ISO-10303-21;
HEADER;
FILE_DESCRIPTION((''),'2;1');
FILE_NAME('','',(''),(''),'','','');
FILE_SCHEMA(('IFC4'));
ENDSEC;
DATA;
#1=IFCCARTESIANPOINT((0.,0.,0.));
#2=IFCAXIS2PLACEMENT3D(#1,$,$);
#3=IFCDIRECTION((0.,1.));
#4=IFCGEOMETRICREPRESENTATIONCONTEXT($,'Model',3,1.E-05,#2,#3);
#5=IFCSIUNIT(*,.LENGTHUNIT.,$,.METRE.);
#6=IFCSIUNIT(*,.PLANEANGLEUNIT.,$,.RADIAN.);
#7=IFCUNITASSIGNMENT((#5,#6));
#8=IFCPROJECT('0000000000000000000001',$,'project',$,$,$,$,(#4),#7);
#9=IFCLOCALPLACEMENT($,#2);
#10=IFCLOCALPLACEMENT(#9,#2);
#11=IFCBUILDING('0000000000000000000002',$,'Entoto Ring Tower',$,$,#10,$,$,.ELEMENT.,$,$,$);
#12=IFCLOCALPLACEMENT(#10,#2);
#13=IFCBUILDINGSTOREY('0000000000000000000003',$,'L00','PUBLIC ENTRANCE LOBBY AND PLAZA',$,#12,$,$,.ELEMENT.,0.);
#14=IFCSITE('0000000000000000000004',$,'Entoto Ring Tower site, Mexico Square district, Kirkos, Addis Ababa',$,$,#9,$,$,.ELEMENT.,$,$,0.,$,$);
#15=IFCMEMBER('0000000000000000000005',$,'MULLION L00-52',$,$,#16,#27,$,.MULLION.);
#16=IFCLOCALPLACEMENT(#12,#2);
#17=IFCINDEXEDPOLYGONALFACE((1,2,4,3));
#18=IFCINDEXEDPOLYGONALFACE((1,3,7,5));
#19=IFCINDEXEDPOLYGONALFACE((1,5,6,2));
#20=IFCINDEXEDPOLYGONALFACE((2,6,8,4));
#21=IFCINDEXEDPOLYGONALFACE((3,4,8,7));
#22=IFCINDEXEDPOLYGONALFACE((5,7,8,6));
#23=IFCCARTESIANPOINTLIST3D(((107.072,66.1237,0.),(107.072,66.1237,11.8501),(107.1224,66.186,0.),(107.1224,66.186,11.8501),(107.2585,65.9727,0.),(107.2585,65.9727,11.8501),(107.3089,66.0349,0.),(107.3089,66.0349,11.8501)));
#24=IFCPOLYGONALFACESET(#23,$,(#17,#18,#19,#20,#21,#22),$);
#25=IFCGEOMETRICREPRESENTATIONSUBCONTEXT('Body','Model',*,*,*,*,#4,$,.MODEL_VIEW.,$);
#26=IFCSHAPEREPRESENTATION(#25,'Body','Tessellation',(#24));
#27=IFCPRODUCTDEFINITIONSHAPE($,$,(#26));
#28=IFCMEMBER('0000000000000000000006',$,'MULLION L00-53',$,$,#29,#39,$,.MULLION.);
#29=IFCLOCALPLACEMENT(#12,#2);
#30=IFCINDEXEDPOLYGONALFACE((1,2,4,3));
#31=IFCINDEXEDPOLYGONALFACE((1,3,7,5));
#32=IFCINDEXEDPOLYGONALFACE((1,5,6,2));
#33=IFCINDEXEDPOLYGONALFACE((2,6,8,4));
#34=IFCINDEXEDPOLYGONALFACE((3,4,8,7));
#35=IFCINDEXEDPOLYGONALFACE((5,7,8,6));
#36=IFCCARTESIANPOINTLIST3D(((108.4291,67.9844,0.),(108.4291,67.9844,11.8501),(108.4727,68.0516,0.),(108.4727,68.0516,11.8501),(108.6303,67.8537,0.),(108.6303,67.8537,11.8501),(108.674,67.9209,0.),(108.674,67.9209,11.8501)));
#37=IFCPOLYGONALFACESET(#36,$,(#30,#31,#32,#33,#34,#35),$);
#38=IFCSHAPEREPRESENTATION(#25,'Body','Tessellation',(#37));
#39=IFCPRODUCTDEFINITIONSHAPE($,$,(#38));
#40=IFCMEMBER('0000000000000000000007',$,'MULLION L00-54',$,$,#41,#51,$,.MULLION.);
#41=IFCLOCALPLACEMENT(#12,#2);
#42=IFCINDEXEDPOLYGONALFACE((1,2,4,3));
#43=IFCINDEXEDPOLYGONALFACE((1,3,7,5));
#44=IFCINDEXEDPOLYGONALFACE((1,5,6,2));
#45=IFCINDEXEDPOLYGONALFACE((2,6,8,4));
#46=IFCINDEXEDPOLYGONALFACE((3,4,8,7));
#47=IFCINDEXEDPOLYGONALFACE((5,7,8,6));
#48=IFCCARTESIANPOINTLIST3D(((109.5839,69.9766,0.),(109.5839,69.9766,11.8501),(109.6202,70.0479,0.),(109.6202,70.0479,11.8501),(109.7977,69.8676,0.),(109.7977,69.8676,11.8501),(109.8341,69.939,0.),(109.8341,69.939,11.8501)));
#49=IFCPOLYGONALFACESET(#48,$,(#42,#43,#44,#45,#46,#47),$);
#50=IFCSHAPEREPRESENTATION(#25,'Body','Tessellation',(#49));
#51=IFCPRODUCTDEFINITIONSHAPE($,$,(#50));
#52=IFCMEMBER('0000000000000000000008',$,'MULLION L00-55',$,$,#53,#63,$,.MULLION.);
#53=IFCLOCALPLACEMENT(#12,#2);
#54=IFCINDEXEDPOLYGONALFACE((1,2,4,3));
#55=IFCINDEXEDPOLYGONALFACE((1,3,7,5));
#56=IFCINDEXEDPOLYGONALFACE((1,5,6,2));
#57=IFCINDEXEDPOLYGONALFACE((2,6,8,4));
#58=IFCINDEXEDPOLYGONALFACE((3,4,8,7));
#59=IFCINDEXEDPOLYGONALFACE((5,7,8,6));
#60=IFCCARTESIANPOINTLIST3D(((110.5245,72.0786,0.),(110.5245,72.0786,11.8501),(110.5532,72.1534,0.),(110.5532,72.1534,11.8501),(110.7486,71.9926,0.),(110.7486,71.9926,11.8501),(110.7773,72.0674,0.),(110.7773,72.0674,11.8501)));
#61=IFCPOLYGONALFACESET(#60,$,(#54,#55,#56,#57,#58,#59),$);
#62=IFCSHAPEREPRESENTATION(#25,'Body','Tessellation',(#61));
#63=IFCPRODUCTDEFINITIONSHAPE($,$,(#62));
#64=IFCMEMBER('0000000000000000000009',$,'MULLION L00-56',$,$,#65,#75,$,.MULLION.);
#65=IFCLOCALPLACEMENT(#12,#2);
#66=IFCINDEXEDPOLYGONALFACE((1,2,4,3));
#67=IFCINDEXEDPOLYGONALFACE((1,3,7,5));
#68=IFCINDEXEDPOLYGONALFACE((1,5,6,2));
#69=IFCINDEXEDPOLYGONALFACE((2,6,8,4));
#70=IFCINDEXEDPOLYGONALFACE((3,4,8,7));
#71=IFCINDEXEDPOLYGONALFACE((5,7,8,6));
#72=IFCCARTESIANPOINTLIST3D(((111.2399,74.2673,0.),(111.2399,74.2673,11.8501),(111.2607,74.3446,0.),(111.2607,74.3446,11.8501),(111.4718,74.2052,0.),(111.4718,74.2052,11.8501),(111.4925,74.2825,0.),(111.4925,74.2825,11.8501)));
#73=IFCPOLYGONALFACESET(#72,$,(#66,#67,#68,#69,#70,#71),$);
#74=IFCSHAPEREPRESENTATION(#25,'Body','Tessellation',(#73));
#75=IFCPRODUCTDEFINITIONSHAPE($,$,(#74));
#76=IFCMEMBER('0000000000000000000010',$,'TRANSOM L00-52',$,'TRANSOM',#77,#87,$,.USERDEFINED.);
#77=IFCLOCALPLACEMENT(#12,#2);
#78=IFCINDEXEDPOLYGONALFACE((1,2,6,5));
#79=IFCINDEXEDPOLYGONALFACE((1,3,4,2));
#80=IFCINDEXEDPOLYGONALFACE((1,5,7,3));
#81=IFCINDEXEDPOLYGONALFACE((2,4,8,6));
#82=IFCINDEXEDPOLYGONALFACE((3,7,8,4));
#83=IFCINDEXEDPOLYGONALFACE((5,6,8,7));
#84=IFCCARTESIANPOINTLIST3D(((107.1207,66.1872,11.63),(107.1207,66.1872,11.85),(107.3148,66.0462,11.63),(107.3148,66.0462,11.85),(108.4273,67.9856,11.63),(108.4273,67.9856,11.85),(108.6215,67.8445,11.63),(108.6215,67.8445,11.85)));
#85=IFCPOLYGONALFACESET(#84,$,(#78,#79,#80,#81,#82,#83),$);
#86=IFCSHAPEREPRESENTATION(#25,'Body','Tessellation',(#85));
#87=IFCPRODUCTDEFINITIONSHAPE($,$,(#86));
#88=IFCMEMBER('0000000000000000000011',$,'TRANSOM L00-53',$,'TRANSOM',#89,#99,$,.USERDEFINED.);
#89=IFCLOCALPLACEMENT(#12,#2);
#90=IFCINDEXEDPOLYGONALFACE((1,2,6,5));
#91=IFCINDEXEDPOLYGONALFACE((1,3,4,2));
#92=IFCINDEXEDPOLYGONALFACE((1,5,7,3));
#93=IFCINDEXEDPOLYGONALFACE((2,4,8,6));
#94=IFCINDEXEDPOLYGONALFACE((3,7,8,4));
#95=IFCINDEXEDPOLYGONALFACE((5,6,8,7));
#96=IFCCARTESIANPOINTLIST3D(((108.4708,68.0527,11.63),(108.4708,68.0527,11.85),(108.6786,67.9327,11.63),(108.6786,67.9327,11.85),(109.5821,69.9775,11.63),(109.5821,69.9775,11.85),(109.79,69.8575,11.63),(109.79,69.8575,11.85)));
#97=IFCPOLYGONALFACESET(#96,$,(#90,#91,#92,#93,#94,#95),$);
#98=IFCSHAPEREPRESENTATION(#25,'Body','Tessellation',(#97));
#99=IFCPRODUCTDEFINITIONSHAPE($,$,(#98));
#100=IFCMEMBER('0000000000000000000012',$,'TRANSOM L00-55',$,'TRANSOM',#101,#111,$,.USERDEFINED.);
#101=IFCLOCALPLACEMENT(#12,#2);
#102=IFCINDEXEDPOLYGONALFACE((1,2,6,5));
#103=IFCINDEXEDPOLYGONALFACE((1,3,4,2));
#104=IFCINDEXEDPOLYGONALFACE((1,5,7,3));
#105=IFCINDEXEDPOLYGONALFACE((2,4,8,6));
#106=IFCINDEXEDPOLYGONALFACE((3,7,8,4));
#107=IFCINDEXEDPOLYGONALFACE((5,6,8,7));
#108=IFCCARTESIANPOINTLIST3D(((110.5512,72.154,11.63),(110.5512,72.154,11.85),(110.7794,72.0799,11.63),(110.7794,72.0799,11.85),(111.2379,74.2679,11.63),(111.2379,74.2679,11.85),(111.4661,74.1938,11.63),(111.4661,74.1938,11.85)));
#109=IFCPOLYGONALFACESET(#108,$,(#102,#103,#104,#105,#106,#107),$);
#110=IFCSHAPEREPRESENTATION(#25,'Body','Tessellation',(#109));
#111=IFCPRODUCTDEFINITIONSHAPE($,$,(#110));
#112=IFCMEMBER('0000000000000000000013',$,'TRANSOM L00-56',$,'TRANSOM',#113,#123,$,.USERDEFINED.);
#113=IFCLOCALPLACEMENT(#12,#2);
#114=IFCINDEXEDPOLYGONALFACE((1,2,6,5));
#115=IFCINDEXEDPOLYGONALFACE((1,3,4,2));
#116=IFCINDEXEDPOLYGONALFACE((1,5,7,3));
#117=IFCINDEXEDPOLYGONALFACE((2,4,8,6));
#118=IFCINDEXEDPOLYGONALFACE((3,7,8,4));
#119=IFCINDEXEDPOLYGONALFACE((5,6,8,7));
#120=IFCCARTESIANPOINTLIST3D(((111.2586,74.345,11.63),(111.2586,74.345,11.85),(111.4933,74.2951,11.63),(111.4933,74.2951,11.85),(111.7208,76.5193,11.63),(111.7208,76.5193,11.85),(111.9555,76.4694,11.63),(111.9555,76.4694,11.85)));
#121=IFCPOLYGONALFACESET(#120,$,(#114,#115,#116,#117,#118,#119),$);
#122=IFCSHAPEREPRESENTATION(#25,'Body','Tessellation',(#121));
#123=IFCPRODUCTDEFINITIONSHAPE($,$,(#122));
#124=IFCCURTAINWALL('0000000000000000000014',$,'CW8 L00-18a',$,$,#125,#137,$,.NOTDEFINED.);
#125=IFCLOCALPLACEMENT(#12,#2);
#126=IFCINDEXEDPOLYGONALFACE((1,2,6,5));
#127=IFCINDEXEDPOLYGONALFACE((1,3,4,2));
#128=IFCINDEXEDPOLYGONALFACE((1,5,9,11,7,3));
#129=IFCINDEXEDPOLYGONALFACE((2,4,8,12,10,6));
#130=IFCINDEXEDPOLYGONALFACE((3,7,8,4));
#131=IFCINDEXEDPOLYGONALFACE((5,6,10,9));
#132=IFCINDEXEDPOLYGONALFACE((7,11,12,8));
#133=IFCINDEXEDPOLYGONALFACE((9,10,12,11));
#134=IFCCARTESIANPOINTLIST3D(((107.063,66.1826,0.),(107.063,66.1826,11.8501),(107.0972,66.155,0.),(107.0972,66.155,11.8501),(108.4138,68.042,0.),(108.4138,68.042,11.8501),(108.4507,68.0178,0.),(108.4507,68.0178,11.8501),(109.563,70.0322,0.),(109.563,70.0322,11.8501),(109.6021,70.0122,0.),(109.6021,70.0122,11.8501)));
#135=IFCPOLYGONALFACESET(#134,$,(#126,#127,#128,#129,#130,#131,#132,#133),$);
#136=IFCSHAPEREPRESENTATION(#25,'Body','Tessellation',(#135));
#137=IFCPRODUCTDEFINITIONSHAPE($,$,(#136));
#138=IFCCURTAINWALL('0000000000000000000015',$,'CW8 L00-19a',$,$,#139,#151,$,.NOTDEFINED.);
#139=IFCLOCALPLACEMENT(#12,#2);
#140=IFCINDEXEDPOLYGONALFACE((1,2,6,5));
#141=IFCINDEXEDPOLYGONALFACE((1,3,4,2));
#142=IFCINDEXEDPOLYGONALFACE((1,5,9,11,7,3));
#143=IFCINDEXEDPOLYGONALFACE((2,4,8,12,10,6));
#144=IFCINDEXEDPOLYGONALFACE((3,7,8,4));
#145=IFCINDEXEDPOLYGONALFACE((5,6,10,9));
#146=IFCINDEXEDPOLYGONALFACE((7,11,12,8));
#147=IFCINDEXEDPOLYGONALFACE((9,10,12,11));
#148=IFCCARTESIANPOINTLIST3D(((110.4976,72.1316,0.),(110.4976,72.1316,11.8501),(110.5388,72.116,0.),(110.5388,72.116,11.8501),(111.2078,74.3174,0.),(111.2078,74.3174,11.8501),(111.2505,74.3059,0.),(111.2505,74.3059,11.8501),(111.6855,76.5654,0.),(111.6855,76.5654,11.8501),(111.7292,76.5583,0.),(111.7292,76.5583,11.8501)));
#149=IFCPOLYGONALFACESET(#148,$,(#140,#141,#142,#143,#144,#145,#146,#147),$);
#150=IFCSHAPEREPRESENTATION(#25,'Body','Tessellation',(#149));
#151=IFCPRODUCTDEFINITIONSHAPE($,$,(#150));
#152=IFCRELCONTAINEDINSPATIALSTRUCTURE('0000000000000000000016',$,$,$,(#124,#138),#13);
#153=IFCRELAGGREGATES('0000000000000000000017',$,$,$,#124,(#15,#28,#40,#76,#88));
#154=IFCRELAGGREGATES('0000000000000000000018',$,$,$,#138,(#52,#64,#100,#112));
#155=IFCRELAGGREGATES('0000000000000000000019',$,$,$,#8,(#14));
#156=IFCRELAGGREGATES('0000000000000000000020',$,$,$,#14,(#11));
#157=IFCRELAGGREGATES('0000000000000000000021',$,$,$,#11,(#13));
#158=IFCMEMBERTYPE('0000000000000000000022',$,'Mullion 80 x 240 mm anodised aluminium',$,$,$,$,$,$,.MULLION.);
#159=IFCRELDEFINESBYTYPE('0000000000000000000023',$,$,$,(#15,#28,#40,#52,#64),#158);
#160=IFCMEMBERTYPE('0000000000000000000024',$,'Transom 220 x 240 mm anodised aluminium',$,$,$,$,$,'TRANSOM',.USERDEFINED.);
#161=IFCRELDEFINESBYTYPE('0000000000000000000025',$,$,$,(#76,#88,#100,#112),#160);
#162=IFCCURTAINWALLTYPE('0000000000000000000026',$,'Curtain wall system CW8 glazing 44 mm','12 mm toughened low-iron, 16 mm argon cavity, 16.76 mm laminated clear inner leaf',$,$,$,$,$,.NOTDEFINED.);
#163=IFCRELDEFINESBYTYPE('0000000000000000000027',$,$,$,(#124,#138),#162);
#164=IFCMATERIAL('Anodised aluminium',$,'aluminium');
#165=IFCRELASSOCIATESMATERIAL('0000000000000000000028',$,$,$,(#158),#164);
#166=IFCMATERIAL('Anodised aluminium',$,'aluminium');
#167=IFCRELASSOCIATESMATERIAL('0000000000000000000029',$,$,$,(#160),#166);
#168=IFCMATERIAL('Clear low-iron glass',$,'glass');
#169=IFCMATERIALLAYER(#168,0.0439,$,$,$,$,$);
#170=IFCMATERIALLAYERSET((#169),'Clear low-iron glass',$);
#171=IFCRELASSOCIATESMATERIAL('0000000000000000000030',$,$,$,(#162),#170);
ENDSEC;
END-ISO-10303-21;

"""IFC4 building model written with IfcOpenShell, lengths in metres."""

from ifc_helpers import new_model, si_unit, direction, frame, origin, origin_2d, place, context, subcontext, project, spatial, polyline, rectangle, outline, extrude, material, layer, layer_set, material_profile, profile_set, type_object, element, aggregate, save


model = new_model("IFC4")

# Units and contexts
model_context = context("Model", 3, precision=1e-05, world=origin(), true_north=direction((0.0, 1.0)))
body_context = subcontext(model_context, "Body", "Model", "MODEL_VIEW")
ifc_project = project(units=[si_unit("LENGTHUNIT", "METRE"), si_unit("PLANEANGLEUNIT", "RADIAN")], contexts=[model_context])

# Members
ifc_material_1 = material(Name="Anodised aluminium", Category="aluminium")
ifc_material_profile_1 = material_profile(ifc_material_1, rectangle(XDim=0.0801, YDim=0.24, at=origin_2d()), Name="Mullion 80 x 240 mm anodised aluminium")
ifc_profile_set_1 = profile_set([ifc_material_profile_1], Name="Anodised aluminium")
member_type_1 = type_object("IfcMemberType", Name="Mullion 80 x 240 mm anodised aluminium", PredefinedType="MULLION", material=ifc_profile_set_1)
site_placement = place(None, origin())
building_placement = place(site_placement, origin())
storey_placement = place(building_placement, origin())
member_1_placement = place(storey_placement, frame((107.1904, 66.0793, 0.0), z_axis=(0.0, 0.0, 1.0), x_axis=(0.62932, 0.777146, 0.0)))
member_1 = element("IfcMember", 1, at=member_1_placement, type_object=member_type_1, Name="MULLION L00-52", PredefinedType="MULLION", context=body_context, shape_type="SweptSolid", body=[
    extrude(rectangle(XDim=0.0801, YDim=0.24, at=origin_2d()), origin(), (0.0, 0.0, 1.0), 11.8501),
])
member_2_placement = place(storey_placement, frame((108.5515, 67.9526, 0.0), z_axis=(0.0, 0.0, 1.0), x_axis=(0.544639, 0.838671, 0.0)))
member_2 = element("IfcMember", 2, at=member_2_placement, type_object=member_type_1, Name="MULLION L00-53", PredefinedType="MULLION", context=body_context, shape_type="SweptSolid", body=[
    extrude(rectangle(XDim=0.0801, YDim=0.24, at=origin_2d()), origin(), (0.0, 0.0, 1.0), 11.8501),
])
member_3_placement = place(storey_placement, frame((109.709, 69.9578, 0.0), z_axis=(0.0, 0.0, 1.0), x_axis=(0.45399, 0.891007, 0.0)))
member_3 = element("IfcMember", 3, at=member_3_placement, type_object=member_type_1, Name="MULLION L00-54", PredefinedType="MULLION", context=body_context, shape_type="SweptSolid", body=[
    extrude(rectangle(XDim=0.0801, YDim=0.24, at=origin_2d()), origin(), (0.0, 0.0, 1.0), 11.8501),
])
member_4_placement = place(storey_placement, frame((110.6509, 72.073, 0.0), z_axis=(0.0, 0.0, 1.0), x_axis=(0.358368, 0.93358, 0.0)))
member_4 = element("IfcMember", 4, at=member_4_placement, type_object=member_type_1, Name="MULLION L00-55", PredefinedType="MULLION", context=body_context, shape_type="SweptSolid", body=[
    extrude(rectangle(XDim=0.0801, YDim=0.24, at=origin_2d()), origin(), (0.0, 0.0, 1.0), 11.8501),
])
member_5_placement = place(storey_placement, frame((111.3662, 74.2749, 0.0), z_axis=(0.0, 0.0, 1.0), x_axis=(0.258819, 0.965926, 0.0)))
member_5 = element("IfcMember", 5, at=member_5_placement, type_object=member_type_1, Name="MULLION L00-56", PredefinedType="MULLION", context=body_context, shape_type="SweptSolid", body=[
    extrude(rectangle(XDim=0.0801, YDim=0.24, at=origin_2d()), origin(), (0.0, 0.0, 1.0), 11.8501),
])
ifc_material_2 = material(Name="Anodised aluminium", Category="aluminium")
ifc_material_profile_2 = material_profile(ifc_material_2, rectangle(XDim=0.24, YDim=0.22, at=origin_2d()), Name="Transom 220 x 240 mm anodised aluminium")
ifc_profile_set_2 = profile_set([ifc_material_profile_2], Name="Anodised aluminium")
member_type_2 = type_object("IfcMemberType", Name="Transom 220 x 240 mm anodised aluminium", ElementType="TRANSOM", PredefinedType="USERDEFINED", material=ifc_profile_set_2)
member_6_placement = place(storey_placement, frame((107.2178, 66.1167, 11.74), z_axis=(0.587806, 0.809002, 0.0), x_axis=(-0.809002, 0.587806, 0.0)))
member_6 = element("IfcMember", 6, at=member_6_placement, type_object=member_type_2, Name="TRANSOM L00-52", ObjectType="TRANSOM", PredefinedType="USERDEFINED", context=body_context, shape_type="SweptSolid", body=[
    extrude(rectangle(XDim=0.24, YDim=0.22, at=origin_2d()), origin(), (0.0, 0.0, 1.0), 2.2229),
])
member_7_placement = place(storey_placement, frame((108.5747, 67.9927, 11.74), z_axis=(0.500014, 0.866017, 0.0), x_axis=(-0.866017, 0.500014, 0.0)))
member_7 = element("IfcMember", 7, at=member_7_placement, type_object=member_type_2, Name="TRANSOM L00-53", ObjectType="TRANSOM", PredefinedType="USERDEFINED", context=body_context, shape_type="SweptSolid", body=[
    extrude(rectangle(XDim=0.24, YDim=0.22, at=origin_2d()), origin(), (0.0, 0.0, 1.0), 2.2227),
])
member_8_placement = place(storey_placement, frame((110.6653, 72.1169, 11.74), z_axis=(0.308969, 0.951072, 0.0), x_axis=(-0.951072, 0.308969, 0.0)))
member_8 = element("IfcMember", 8, at=member_8_placement, type_object=member_type_2, Name="TRANSOM L00-55", ObjectType="TRANSOM", PredefinedType="USERDEFINED", context=body_context, shape_type="SweptSolid", body=[
    extrude(rectangle(XDim=0.24, YDim=0.22, at=origin_2d()), origin(), (0.0, 0.0, 1.0), 2.2227),
])
member_9_placement = place(storey_placement, frame((111.376, 74.3201, 11.74), z_axis=(0.207909, 0.978148, 0.0), x_axis=(-0.978148, 0.207909, 0.0)))
member_9 = element("IfcMember", 9, at=member_9_placement, type_object=member_type_2, Name="TRANSOM L00-56", ObjectType="TRANSOM", PredefinedType="USERDEFINED", context=body_context, shape_type="SweptSolid", body=[
    extrude(rectangle(XDim=0.24, YDim=0.22, at=origin_2d()), origin(), (0.0, 0.0, 1.0), 2.2229),
])

# Site, building, storey
site = spatial("IfcSite", under=ifc_project, at=site_placement, Name="Entoto Ring Tower site, Mexico Square district, Kirkos, Addis Ababa", CompositionType="ELEMENT", RefElevation=0.0)
building = spatial("IfcBuilding", under=site, at=building_placement, Name="Entoto Ring Tower", CompositionType="ELEMENT")
storey = spatial("IfcBuildingStorey", under=building, at=storey_placement, Name="L00", Description="PUBLIC ENTRANCE LOBBY AND PLAZA", CompositionType="ELEMENT", Elevation=0.0)

# Curtain walls
ifc_material_3 = material(Name="Clear low-iron glass", Category="glass")
ifc_layer_1 = layer(ifc_material_3, 0.0439)
ifc_layer_set_1 = layer_set([ifc_layer_1], Name="Clear low-iron glass")
curtain_wall_type = type_object("IfcCurtainWallType", Name="Curtain wall system CW8 glazing 44 mm", Description="12 mm toughened low-iron, 16 mm argon cavity, 16.76 mm laminated clear inner leaf", PredefinedType="NOTDEFINED", material=ifc_layer_set_1)
curtain_wall_1_placement = place(storey_placement, origin())
curtain_wall_1 = element("IfcCurtainWall", 10, at=curtain_wall_1_placement, inside=storey, type_object=curtain_wall_type, Name="CW8 L00-18a", PredefinedType="NOTDEFINED", context=body_context, shape_type="SweptSolid", body=[
    extrude(outline(polyline([(107.0972, 66.155), (108.4507, 68.0178), (109.6021, 70.0122), (109.563, 70.0322), (108.4138, 68.042), (107.063, 66.1826), (107.0972, 66.155)])), origin(), (0.0, 0.0, 1.0), 11.8501),
])
aggregate(curtain_wall_1, [member_1, member_2, member_3, member_6, member_7])
curtain_wall_2_placement = place(storey_placement, origin())
curtain_wall_2 = element("IfcCurtainWall", 11, at=curtain_wall_2_placement, inside=storey, type_object=curtain_wall_type, Name="CW8 L00-19a", PredefinedType="NOTDEFINED", context=body_context, shape_type="SweptSolid", body=[
    extrude(outline(polyline([(110.5388, 72.116), (111.2505, 74.3059), (111.7292, 76.5583), (111.6855, 76.5654), (111.2078, 74.3174), (110.4976, 72.1316), (110.5388, 72.116)])), origin(), (0.0, 0.0, 1.0), 11.8501),
])
aggregate(curtain_wall_2, [member_4, member_5, member_8, member_9])

save(model, "model.ifc")
